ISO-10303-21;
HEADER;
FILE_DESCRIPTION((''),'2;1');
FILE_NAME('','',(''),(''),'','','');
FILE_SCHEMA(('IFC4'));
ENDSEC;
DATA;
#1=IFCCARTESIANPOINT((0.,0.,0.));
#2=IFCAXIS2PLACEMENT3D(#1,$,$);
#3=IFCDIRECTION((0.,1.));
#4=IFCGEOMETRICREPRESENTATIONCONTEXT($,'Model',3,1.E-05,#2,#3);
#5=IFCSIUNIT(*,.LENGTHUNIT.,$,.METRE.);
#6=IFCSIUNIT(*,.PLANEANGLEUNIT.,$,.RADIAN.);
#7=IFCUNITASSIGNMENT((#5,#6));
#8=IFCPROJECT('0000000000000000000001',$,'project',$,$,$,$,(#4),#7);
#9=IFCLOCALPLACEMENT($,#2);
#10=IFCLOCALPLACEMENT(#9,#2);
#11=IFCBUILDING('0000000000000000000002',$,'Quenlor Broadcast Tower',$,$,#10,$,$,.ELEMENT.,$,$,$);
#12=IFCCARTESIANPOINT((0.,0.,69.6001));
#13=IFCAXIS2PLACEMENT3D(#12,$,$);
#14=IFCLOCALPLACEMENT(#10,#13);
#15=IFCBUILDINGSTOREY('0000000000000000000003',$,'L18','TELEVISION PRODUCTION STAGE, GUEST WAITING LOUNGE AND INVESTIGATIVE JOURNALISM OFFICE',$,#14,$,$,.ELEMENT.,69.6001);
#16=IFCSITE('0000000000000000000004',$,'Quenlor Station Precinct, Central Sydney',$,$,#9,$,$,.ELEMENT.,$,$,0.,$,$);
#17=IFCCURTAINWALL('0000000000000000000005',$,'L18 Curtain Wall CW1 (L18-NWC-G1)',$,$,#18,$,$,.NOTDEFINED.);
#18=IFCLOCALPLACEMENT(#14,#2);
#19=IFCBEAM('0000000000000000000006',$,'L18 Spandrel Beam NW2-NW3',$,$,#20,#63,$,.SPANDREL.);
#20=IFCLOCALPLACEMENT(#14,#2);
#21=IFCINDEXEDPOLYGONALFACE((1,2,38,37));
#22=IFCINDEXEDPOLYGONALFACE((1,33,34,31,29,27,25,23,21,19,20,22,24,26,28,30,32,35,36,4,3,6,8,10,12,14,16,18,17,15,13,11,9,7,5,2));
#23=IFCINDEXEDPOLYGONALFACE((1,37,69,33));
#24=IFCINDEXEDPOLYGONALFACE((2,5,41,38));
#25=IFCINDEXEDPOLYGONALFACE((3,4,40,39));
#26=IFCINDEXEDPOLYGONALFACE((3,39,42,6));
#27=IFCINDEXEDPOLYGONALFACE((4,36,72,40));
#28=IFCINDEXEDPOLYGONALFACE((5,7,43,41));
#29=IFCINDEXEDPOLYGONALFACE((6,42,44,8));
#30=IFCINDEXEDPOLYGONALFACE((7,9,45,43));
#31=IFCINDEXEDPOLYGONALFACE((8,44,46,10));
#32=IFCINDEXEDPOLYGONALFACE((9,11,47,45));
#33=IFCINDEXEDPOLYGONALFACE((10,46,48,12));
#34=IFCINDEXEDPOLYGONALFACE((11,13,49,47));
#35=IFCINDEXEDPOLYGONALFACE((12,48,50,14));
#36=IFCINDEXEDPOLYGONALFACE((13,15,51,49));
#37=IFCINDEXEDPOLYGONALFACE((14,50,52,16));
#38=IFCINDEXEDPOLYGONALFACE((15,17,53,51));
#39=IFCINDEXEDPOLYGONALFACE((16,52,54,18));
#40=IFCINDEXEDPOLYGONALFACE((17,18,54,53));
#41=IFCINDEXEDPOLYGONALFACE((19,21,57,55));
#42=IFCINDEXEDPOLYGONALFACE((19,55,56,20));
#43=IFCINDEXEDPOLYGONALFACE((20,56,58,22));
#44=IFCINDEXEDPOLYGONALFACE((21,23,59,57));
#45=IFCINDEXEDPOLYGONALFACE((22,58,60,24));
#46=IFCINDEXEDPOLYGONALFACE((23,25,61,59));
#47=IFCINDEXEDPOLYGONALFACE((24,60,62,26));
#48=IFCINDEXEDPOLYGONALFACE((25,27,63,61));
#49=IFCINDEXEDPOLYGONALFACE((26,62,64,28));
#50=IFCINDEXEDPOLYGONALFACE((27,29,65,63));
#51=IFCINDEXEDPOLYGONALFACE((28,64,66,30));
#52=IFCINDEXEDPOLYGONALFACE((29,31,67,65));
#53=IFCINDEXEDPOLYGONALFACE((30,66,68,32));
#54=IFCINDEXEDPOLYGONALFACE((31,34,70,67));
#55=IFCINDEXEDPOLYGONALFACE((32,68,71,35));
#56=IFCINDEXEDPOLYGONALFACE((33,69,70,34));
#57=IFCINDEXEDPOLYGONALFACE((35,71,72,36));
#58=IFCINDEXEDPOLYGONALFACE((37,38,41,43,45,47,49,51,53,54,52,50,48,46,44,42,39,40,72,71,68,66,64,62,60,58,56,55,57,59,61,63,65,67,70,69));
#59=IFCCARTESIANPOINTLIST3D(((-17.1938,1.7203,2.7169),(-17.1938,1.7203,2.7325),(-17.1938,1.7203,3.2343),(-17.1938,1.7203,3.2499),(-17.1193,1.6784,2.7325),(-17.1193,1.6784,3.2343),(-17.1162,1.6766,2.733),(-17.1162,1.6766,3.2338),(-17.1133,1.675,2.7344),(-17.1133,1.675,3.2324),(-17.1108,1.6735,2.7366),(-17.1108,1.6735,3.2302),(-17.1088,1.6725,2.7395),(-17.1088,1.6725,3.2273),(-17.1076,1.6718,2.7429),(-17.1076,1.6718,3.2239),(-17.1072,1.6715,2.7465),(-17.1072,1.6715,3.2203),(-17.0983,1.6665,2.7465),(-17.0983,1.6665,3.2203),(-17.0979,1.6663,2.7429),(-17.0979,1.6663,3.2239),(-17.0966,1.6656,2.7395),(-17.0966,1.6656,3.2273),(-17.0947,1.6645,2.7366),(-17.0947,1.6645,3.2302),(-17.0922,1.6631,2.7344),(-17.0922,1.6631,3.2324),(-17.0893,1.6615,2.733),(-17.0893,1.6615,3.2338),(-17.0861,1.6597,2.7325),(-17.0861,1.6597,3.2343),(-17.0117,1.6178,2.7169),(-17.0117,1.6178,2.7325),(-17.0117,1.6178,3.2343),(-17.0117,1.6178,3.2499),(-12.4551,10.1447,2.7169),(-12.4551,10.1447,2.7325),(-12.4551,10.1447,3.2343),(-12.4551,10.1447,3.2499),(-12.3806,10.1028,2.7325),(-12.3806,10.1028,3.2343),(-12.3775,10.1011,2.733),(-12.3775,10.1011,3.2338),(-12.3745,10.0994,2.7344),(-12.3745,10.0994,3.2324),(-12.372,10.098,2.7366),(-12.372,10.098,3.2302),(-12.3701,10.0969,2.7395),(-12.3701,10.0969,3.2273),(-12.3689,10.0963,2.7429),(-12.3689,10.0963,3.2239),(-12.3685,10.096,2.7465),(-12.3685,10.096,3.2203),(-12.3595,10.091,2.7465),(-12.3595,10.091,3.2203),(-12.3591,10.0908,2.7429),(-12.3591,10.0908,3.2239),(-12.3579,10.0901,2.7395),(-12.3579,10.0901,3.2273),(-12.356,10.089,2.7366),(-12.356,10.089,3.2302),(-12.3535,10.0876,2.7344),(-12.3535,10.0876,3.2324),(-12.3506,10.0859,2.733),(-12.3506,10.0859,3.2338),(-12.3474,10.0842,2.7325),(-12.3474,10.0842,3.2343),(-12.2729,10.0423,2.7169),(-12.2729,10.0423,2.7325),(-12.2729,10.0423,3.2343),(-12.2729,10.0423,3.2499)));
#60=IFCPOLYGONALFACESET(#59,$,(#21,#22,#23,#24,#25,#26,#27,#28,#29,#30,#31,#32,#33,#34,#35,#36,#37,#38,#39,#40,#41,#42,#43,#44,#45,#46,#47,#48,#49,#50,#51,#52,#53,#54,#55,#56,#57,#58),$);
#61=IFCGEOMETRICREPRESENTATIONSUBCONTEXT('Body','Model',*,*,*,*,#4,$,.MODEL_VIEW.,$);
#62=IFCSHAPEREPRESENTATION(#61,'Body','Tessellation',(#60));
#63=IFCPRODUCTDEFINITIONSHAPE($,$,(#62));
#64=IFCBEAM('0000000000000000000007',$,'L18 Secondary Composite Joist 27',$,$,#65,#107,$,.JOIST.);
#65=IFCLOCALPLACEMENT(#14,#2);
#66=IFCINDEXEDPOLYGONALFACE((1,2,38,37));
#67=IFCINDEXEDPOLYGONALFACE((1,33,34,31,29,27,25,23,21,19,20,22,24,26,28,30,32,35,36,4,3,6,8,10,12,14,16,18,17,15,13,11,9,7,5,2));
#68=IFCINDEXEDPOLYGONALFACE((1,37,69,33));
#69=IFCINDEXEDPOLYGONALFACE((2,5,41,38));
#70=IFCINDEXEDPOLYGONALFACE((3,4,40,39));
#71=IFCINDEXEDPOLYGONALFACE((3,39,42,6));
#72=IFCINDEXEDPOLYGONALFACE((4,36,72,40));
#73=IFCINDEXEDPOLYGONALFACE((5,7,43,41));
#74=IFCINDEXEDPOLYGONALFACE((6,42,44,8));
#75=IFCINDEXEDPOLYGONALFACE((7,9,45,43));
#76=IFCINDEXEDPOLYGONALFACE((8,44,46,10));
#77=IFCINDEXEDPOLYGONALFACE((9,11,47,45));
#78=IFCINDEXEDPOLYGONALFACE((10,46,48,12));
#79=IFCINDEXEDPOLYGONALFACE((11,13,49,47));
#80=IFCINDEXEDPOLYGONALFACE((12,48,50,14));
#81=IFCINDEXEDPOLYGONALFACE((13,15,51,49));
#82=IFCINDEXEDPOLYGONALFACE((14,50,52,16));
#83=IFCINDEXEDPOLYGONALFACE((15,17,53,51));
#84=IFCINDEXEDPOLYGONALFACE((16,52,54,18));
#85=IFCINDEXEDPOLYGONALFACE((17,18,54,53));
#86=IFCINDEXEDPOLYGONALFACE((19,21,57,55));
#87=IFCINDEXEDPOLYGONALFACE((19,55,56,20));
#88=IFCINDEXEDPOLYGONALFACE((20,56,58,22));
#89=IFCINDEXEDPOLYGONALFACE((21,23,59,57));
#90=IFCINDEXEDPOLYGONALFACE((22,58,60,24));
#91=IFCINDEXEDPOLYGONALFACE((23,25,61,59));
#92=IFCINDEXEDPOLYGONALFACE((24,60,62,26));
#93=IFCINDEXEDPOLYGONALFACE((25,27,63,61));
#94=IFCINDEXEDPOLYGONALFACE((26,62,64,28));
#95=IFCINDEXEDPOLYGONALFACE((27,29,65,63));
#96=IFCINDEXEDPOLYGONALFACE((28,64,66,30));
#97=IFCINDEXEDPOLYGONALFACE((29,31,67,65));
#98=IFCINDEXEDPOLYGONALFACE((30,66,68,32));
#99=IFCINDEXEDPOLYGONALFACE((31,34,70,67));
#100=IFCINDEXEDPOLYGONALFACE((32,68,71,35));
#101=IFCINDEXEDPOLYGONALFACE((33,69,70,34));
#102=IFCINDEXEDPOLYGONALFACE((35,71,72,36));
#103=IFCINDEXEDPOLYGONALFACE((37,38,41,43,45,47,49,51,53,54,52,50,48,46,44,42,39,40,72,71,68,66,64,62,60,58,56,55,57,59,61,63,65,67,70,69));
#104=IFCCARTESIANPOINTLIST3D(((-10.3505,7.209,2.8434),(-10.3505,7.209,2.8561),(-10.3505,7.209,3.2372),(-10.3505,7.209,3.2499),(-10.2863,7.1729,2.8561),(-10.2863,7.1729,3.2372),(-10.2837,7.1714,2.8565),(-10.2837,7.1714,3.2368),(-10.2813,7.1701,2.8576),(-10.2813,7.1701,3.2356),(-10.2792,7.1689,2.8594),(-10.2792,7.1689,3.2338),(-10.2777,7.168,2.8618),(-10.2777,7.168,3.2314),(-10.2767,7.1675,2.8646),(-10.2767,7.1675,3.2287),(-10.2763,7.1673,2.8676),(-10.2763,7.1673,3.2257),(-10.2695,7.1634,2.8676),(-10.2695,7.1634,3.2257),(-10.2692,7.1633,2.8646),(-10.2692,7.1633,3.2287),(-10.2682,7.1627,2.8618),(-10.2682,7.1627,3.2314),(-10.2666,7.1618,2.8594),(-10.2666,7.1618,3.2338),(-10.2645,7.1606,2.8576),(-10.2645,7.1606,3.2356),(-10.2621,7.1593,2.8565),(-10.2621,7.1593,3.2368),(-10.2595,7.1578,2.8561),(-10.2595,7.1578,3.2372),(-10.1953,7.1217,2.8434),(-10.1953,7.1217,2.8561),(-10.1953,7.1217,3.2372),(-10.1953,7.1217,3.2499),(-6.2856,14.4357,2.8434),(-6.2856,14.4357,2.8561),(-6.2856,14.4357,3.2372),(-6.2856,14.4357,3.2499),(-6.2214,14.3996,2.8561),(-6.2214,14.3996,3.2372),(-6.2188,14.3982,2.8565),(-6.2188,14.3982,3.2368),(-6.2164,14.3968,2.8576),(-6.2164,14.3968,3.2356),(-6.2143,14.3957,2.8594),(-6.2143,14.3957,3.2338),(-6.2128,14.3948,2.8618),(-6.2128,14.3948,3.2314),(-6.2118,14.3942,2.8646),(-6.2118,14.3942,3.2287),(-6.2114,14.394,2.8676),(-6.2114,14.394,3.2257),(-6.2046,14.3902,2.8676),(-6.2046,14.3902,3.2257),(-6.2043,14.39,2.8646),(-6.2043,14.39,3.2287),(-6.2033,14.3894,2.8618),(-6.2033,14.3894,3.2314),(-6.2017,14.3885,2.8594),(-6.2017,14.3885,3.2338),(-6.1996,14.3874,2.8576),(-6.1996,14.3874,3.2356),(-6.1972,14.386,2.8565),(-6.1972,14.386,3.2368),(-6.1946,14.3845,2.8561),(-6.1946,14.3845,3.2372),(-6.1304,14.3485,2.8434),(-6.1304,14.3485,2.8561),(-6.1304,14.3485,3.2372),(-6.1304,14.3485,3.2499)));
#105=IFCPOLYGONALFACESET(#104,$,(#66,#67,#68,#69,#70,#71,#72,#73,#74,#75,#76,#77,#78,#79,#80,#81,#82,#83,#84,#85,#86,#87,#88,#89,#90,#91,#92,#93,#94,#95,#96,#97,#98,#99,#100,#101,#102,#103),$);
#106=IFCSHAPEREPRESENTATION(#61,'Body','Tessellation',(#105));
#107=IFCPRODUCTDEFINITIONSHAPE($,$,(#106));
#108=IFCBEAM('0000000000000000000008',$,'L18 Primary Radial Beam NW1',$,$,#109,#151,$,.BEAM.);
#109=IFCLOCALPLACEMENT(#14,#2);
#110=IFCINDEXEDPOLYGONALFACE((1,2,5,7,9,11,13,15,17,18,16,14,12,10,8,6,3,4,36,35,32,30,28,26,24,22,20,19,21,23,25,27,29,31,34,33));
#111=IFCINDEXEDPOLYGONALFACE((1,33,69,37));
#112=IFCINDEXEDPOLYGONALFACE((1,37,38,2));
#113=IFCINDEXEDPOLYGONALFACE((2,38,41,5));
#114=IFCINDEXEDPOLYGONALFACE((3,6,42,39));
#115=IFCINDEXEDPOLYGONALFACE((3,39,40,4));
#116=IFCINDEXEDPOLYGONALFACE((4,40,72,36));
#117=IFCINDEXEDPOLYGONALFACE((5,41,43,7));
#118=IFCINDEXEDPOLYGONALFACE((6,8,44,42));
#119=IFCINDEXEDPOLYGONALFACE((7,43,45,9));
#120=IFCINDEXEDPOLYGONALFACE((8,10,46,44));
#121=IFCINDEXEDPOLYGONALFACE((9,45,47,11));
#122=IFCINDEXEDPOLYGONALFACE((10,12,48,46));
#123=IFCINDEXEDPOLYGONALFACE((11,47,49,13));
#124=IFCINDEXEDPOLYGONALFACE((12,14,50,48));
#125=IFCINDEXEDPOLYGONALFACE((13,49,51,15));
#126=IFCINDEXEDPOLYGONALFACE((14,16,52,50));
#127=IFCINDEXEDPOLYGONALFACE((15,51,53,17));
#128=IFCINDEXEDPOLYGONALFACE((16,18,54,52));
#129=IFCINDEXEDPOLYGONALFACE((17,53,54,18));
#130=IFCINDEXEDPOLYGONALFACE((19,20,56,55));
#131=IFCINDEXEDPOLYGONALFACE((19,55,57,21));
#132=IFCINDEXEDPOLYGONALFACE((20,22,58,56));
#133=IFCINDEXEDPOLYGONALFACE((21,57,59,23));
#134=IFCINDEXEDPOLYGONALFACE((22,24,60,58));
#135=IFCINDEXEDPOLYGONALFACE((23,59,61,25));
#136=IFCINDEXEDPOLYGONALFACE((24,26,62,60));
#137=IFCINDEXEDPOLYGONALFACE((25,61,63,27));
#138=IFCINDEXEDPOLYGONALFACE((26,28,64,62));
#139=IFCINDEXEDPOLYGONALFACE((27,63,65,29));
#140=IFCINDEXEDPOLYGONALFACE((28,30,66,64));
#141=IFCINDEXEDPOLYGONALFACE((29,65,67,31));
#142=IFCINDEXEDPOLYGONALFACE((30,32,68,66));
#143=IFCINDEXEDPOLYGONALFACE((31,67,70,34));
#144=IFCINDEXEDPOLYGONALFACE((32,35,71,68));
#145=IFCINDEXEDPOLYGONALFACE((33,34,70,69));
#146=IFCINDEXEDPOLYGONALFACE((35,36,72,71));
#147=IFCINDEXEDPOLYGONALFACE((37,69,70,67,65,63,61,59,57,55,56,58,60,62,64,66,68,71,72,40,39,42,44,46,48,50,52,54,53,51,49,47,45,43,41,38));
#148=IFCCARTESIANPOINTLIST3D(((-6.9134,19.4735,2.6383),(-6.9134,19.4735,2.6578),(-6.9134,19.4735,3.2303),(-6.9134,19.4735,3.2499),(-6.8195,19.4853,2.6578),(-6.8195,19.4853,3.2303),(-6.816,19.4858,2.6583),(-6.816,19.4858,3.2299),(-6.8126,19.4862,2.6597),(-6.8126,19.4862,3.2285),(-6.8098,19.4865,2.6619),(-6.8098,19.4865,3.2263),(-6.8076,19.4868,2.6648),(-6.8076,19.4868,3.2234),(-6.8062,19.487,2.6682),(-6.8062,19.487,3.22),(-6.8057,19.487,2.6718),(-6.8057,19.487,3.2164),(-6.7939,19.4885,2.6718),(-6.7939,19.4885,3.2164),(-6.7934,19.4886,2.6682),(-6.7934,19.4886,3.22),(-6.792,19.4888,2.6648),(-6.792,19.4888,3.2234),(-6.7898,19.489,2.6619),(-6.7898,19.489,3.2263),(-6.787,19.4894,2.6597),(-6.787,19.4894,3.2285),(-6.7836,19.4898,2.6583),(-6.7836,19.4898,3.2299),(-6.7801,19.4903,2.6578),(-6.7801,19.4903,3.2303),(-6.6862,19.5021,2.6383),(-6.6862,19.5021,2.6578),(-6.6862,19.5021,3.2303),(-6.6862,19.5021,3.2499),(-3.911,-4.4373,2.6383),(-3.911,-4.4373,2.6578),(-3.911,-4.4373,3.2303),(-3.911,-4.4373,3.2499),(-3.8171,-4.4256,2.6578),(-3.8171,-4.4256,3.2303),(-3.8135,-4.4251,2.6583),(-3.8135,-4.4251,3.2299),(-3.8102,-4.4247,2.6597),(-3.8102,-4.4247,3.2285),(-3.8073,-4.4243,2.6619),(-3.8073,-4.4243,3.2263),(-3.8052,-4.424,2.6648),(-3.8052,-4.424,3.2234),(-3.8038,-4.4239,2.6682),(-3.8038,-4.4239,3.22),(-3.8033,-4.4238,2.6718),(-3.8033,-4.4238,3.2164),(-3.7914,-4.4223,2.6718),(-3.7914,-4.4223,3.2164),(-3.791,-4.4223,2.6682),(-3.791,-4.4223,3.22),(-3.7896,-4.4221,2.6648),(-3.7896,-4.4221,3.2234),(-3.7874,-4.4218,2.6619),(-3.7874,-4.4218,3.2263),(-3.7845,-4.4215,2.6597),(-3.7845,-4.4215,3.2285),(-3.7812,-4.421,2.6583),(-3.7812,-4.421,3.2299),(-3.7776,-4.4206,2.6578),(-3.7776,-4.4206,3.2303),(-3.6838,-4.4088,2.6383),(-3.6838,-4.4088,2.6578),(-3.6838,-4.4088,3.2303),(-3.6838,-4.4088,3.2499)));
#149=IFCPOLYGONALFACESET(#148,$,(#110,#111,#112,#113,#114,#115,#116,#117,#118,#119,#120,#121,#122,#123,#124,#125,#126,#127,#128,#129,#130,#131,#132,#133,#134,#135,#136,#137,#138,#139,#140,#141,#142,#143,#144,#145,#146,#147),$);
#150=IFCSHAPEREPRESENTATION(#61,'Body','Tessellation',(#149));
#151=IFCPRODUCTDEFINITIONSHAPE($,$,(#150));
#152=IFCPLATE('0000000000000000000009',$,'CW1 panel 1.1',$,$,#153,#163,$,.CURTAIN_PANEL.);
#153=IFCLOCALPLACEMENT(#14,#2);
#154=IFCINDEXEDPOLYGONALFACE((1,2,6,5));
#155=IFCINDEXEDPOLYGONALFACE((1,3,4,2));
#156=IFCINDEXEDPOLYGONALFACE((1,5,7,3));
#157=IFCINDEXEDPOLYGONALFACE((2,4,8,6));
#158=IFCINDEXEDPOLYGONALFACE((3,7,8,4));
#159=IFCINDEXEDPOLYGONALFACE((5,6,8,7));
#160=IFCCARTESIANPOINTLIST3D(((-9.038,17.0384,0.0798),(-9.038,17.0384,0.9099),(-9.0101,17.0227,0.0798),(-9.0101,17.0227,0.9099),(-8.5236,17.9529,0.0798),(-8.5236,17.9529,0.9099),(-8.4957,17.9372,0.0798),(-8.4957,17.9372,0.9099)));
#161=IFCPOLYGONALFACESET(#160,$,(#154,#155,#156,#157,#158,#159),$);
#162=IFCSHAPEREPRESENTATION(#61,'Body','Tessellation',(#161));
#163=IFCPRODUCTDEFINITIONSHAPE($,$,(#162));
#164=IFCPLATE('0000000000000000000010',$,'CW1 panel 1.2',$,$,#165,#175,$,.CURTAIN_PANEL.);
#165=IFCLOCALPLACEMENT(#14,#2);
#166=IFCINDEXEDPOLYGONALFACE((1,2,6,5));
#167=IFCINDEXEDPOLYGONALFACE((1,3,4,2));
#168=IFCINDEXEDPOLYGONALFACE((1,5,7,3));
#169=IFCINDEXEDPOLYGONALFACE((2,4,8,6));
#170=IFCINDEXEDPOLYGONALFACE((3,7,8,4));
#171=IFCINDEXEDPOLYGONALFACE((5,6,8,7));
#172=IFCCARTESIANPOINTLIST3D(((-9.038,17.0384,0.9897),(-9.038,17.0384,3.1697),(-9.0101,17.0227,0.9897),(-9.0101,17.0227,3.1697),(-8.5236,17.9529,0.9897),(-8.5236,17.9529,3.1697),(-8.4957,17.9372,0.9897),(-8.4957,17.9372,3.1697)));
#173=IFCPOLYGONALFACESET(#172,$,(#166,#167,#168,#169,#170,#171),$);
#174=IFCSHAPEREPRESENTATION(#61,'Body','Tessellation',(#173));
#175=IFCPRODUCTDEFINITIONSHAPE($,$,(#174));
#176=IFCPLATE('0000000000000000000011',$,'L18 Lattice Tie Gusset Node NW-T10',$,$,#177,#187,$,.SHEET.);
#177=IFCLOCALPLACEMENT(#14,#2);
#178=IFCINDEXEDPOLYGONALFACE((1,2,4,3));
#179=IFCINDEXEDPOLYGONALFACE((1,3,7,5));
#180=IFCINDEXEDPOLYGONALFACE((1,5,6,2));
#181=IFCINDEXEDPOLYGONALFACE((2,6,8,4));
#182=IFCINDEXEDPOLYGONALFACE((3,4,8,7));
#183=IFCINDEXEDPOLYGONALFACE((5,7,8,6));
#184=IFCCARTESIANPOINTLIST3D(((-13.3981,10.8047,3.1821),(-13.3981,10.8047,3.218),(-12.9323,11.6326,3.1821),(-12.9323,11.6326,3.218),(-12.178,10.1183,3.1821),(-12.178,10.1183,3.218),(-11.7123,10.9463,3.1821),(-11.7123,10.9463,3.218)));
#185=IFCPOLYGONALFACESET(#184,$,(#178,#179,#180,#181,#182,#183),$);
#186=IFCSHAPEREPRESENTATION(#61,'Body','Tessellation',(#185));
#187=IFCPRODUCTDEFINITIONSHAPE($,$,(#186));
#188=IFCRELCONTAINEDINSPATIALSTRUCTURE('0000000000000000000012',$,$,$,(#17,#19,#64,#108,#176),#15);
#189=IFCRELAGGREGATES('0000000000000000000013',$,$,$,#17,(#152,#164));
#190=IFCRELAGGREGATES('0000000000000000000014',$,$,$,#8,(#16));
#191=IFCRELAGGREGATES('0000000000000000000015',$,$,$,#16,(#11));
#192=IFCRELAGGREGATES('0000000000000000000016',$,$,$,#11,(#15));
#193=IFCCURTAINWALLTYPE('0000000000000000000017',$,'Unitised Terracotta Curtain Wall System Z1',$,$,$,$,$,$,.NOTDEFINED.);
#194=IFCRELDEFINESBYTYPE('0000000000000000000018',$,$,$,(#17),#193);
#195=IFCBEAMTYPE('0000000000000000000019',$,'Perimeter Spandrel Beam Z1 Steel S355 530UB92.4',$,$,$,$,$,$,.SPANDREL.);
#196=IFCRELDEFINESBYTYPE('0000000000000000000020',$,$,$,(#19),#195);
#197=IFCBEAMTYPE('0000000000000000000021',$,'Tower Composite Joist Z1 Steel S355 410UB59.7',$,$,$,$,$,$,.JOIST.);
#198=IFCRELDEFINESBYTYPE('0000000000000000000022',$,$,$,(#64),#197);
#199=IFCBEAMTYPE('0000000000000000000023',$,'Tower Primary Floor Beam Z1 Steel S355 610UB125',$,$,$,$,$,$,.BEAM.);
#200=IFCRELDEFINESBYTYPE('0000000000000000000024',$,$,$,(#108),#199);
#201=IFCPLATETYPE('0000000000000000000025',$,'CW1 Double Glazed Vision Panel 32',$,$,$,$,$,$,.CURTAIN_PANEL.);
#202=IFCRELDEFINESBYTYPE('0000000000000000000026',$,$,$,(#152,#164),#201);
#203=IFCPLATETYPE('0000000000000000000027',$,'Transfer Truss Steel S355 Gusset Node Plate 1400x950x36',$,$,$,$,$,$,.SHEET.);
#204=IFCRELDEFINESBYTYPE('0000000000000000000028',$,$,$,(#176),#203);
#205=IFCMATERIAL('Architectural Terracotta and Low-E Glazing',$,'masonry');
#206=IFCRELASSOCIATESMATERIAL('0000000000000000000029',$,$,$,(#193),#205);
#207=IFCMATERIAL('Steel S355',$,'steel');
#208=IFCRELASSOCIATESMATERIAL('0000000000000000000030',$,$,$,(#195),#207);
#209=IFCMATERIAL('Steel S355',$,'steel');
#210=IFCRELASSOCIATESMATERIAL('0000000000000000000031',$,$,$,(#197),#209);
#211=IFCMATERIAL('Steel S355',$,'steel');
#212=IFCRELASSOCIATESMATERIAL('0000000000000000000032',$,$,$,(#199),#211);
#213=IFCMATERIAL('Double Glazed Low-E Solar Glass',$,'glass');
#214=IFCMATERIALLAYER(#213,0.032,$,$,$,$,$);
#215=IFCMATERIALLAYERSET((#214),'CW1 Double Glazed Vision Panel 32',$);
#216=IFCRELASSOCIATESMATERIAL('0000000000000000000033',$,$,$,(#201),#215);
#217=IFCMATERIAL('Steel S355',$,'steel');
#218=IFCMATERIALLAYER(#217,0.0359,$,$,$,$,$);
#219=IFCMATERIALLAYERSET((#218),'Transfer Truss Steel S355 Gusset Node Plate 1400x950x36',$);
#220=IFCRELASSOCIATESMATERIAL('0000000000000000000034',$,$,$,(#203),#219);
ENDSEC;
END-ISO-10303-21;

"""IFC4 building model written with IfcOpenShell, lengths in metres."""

from ifc_helpers import new_model, si_unit, direction, frame, origin, origin_2d, place, context, subcontext, project, spatial, rectangle, i_section, extrude, material, layer, layer_set, material_profile, profile_set, type_object, element, aggregate, save


model = new_model("IFC4")

# Units and contexts
model_context = context("Model", 3, precision=1e-05, world=origin(), true_north=direction((0.0, 1.0)))
body_context = subcontext(model_context, "Body", "Model", "MODEL_VIEW")
ifc_project = project(units=[si_unit("LENGTHUNIT", "METRE"), si_unit("PLANEANGLEUNIT", "RADIAN")], contexts=[model_context])

# Site, building, storey
site_placement = place(None, origin())
site = spatial("IfcSite", under=ifc_project, at=site_placement, Name="Quenlor Station Precinct, Central Sydney", CompositionType="ELEMENT", RefElevation=0.0)
building_placement = place(site_placement, origin())
building = spatial("IfcBuilding", under=site, at=building_placement, Name="Quenlor Broadcast Tower", CompositionType="ELEMENT")
storey_placement = place(building_placement, frame((0.0, 0.0, 69.6001)))
storey = spatial("IfcBuildingStorey", under=building, at=storey_placement, Name="L18", Description="TELEVISION PRODUCTION STAGE, GUEST WAITING LOUNGE AND INVESTIGATIVE JOURNALISM OFFICE", CompositionType="ELEMENT", Elevation=69.6001)

# Curtain wall
ifc_material_1 = material(Name="Architectural Terracotta and Low-E Glazing", Category="masonry")
curtain_wall_type = type_object("IfcCurtainWallType", Name="Unitised Terracotta Curtain Wall System Z1", PredefinedType="NOTDEFINED", material=ifc_material_1)
curtain_wall_placement = place(storey_placement, origin())
curtain_wall = element("IfcCurtainWall", 1, at=curtain_wall_placement, inside=storey, type_object=curtain_wall_type, Name="L18 Curtain Wall CW1 (L18-NWC-G1)", PredefinedType="NOTDEFINED")

# Beams
ifc_material_2 = material(Name="Steel S355", Category="steel")
ifc_material_profile_1 = material_profile(ifc_material_2, i_section(OverallWidth=0.209, OverallDepth=0.533, WebThickness=0.0103, FlangeThickness=0.0156, FilletRadius=0.0139, at=origin_2d()))
ifc_profile_set_1 = profile_set([ifc_material_profile_1], Name="Steel S355 530UB92.4")
beam_type_1 = type_object("IfcBeamType", Name="Perimeter Spandrel Beam Z1 Steel S355 530UB92.4", PredefinedType="SPANDREL", material=ifc_profile_set_1)
beam_1_placement = place(storey_placement, frame((-12.364, 10.0935, 2.9834), z_axis=(-0.490258, -0.871578, 0.0), x_axis=(0.871578, -0.490258, 0.0)))
element("IfcBeam", 2, at=beam_1_placement, inside=storey, type_object=beam_type_1, Name="L18 Spandrel Beam NW2-NW3", PredefinedType="SPANDREL", context=body_context, shape_type="SweptSolid", body=[
    extrude(i_section(OverallWidth=0.209, OverallDepth=0.533, WebThickness=0.0103, FlangeThickness=0.0156, FilletRadius=0.0139, at=origin_2d()), origin(), (0.0, 0.0, 1.0), 9.6658),
])
ifc_material_3 = material(Name="Steel S355", Category="steel")
ifc_material_profile_2 = material_profile(ifc_material_3, i_section(OverallWidth=0.178, OverallDepth=0.4065, WebThickness=0.0078, FlangeThickness=0.0127, FilletRadius=0.0115, at=origin_2d()))
ifc_profile_set_2 = profile_set([ifc_material_profile_2], Name="Steel S355 410UB59.7")
beam_type_2 = type_object("IfcBeamType", Name="Tower Composite Joist Z1 Steel S355 410UB59.7", PredefinedType="JOIST", material=ifc_profile_set_2)
beam_2_placement = place(storey_placement, frame((-6.208, 14.3921, 3.0466), z_axis=(-0.490249, -0.871583, 0.0), x_axis=(0.871583, -0.490249, 0.0)))
element("IfcBeam", 3, at=beam_2_placement, inside=storey, type_object=beam_type_2, Name="L18 Secondary Composite Joist 27", PredefinedType="JOIST", context=body_context, shape_type="SweptSolid", body=[
    extrude(i_section(OverallWidth=0.178, OverallDepth=0.4065, WebThickness=0.0078, FlangeThickness=0.0127, FilletRadius=0.0115, at=origin_2d()), origin(), (0.0, 0.0, 1.0), 8.2915),
])
ifc_material_4 = material(Name="Steel S355", Category="steel")
ifc_material_profile_3 = material_profile(ifc_material_4, i_section(OverallWidth=0.229, OverallDepth=0.6116, WebThickness=0.012, FlangeThickness=0.0195, FilletRadius=0.0139, at=origin_2d()))
ifc_profile_set_3 = profile_set([ifc_material_profile_3], Name="Steel S355 610UB125")
beam_type_3 = type_object("IfcBeamType", Name="Tower Primary Floor Beam Z1 Steel S355 610UB125", PredefinedType="BEAM", material=ifc_profile_set_3)
beam_3_placement = place(storey_placement, frame((-6.7998, 19.4878, 2.9441), z_axis=(0.12459, -0.992208, 0.0), x_axis=(0.992208, 0.12459, 0.0)))
element("IfcBeam", 4, at=beam_3_placement, inside=storey, type_object=beam_type_3, Name="L18 Primary Radial Beam NW1", PredefinedType="BEAM", context=body_context, shape_type="SweptSolid", body=[
    extrude(i_section(OverallWidth=0.229, OverallDepth=0.6116, WebThickness=0.012, FlangeThickness=0.0195, FilletRadius=0.0139, at=origin_2d()), origin(), (0.0, 0.0, 1.0), 24.0986),
])

# Plates
ifc_material_5 = material(Name="Double Glazed Low-E Solar Glass", Category="glass")
ifc_layer_1 = layer(ifc_material_5, 0.032)
ifc_layer_set_1 = layer_set([ifc_layer_1], Name="CW1 Double Glazed Vision Panel 32")
plate_type_1 = type_object("IfcPlateType", Name="CW1 Double Glazed Vision Panel 32", PredefinedType="CURTAIN_PANEL", material=ifc_layer_set_1)
plate_1_placement = place(storey_placement, frame((-8.7668, 17.4878, 0.0798), z_axis=(0.0, 0.0, 1.0), x_axis=(0.490277, 0.871567, 0.0)))
plate_1 = element("IfcPlate", 5, at=plate_1_placement, type_object=plate_type_1, Name="CW1 panel 1.1", PredefinedType="CURTAIN_PANEL", context=body_context, shape_type="SweptSolid", body=[
    extrude(rectangle(XDim=1.0493, YDim=0.032, at=origin_2d()), origin(), (0.0, 0.0, 1.0), 0.8301),
])
plate_2_placement = place(storey_placement, frame((-8.7668, 17.4878, 0.9897), z_axis=(0.0, 0.0, 1.0), x_axis=(0.490277, 0.871567, 0.0)))
plate_2 = element("IfcPlate", 6, at=plate_2_placement, type_object=plate_type_1, Name="CW1 panel 1.2", PredefinedType="CURTAIN_PANEL", context=body_context, shape_type="SweptSolid", body=[
    extrude(rectangle(XDim=1.0493, YDim=0.032, at=origin_2d()), origin(), (0.0, 0.0, 1.0), 2.1799),
])
aggregate(curtain_wall, [plate_1, plate_2])

# Plate
ifc_material_6 = material(Name="Steel S355", Category="steel")
ifc_layer_2 = layer(ifc_material_6, 0.0359)
ifc_layer_set_2 = layer_set([ifc_layer_2], Name="Transfer Truss Steel S355 Gusset Node Plate 1400x950x36")
plate_type_2 = type_object("IfcPlateType", Name="Transfer Truss Steel S355 Gusset Node Plate 1400x950x36", PredefinedType="SHEET", material=ifc_layer_set_2)
for number, where, z_axis, x_axis, name in (
    (7, (-12.5552, 10.8755, 3.1821), (0.0, 0.0, 1.0), (-0.871556, 0.490295, 0.0), "L18 Lattice Tie Gusset Node NW-T10"),
):
    element("IfcPlate", number, at=place(storey_placement, frame(where, z_axis=z_axis, x_axis=x_axis)), inside=storey, type_object=plate_type_2, Name=name, PredefinedType="SHEET", context=body_context, shape_type="SweptSolid", body=[
        extrude(rectangle(XDim=1.3999, YDim=0.95, at=origin_2d()), origin(), (0.0, 0.0, 1.0), 0.0359),
    ])

save(model, "model.ifc")
